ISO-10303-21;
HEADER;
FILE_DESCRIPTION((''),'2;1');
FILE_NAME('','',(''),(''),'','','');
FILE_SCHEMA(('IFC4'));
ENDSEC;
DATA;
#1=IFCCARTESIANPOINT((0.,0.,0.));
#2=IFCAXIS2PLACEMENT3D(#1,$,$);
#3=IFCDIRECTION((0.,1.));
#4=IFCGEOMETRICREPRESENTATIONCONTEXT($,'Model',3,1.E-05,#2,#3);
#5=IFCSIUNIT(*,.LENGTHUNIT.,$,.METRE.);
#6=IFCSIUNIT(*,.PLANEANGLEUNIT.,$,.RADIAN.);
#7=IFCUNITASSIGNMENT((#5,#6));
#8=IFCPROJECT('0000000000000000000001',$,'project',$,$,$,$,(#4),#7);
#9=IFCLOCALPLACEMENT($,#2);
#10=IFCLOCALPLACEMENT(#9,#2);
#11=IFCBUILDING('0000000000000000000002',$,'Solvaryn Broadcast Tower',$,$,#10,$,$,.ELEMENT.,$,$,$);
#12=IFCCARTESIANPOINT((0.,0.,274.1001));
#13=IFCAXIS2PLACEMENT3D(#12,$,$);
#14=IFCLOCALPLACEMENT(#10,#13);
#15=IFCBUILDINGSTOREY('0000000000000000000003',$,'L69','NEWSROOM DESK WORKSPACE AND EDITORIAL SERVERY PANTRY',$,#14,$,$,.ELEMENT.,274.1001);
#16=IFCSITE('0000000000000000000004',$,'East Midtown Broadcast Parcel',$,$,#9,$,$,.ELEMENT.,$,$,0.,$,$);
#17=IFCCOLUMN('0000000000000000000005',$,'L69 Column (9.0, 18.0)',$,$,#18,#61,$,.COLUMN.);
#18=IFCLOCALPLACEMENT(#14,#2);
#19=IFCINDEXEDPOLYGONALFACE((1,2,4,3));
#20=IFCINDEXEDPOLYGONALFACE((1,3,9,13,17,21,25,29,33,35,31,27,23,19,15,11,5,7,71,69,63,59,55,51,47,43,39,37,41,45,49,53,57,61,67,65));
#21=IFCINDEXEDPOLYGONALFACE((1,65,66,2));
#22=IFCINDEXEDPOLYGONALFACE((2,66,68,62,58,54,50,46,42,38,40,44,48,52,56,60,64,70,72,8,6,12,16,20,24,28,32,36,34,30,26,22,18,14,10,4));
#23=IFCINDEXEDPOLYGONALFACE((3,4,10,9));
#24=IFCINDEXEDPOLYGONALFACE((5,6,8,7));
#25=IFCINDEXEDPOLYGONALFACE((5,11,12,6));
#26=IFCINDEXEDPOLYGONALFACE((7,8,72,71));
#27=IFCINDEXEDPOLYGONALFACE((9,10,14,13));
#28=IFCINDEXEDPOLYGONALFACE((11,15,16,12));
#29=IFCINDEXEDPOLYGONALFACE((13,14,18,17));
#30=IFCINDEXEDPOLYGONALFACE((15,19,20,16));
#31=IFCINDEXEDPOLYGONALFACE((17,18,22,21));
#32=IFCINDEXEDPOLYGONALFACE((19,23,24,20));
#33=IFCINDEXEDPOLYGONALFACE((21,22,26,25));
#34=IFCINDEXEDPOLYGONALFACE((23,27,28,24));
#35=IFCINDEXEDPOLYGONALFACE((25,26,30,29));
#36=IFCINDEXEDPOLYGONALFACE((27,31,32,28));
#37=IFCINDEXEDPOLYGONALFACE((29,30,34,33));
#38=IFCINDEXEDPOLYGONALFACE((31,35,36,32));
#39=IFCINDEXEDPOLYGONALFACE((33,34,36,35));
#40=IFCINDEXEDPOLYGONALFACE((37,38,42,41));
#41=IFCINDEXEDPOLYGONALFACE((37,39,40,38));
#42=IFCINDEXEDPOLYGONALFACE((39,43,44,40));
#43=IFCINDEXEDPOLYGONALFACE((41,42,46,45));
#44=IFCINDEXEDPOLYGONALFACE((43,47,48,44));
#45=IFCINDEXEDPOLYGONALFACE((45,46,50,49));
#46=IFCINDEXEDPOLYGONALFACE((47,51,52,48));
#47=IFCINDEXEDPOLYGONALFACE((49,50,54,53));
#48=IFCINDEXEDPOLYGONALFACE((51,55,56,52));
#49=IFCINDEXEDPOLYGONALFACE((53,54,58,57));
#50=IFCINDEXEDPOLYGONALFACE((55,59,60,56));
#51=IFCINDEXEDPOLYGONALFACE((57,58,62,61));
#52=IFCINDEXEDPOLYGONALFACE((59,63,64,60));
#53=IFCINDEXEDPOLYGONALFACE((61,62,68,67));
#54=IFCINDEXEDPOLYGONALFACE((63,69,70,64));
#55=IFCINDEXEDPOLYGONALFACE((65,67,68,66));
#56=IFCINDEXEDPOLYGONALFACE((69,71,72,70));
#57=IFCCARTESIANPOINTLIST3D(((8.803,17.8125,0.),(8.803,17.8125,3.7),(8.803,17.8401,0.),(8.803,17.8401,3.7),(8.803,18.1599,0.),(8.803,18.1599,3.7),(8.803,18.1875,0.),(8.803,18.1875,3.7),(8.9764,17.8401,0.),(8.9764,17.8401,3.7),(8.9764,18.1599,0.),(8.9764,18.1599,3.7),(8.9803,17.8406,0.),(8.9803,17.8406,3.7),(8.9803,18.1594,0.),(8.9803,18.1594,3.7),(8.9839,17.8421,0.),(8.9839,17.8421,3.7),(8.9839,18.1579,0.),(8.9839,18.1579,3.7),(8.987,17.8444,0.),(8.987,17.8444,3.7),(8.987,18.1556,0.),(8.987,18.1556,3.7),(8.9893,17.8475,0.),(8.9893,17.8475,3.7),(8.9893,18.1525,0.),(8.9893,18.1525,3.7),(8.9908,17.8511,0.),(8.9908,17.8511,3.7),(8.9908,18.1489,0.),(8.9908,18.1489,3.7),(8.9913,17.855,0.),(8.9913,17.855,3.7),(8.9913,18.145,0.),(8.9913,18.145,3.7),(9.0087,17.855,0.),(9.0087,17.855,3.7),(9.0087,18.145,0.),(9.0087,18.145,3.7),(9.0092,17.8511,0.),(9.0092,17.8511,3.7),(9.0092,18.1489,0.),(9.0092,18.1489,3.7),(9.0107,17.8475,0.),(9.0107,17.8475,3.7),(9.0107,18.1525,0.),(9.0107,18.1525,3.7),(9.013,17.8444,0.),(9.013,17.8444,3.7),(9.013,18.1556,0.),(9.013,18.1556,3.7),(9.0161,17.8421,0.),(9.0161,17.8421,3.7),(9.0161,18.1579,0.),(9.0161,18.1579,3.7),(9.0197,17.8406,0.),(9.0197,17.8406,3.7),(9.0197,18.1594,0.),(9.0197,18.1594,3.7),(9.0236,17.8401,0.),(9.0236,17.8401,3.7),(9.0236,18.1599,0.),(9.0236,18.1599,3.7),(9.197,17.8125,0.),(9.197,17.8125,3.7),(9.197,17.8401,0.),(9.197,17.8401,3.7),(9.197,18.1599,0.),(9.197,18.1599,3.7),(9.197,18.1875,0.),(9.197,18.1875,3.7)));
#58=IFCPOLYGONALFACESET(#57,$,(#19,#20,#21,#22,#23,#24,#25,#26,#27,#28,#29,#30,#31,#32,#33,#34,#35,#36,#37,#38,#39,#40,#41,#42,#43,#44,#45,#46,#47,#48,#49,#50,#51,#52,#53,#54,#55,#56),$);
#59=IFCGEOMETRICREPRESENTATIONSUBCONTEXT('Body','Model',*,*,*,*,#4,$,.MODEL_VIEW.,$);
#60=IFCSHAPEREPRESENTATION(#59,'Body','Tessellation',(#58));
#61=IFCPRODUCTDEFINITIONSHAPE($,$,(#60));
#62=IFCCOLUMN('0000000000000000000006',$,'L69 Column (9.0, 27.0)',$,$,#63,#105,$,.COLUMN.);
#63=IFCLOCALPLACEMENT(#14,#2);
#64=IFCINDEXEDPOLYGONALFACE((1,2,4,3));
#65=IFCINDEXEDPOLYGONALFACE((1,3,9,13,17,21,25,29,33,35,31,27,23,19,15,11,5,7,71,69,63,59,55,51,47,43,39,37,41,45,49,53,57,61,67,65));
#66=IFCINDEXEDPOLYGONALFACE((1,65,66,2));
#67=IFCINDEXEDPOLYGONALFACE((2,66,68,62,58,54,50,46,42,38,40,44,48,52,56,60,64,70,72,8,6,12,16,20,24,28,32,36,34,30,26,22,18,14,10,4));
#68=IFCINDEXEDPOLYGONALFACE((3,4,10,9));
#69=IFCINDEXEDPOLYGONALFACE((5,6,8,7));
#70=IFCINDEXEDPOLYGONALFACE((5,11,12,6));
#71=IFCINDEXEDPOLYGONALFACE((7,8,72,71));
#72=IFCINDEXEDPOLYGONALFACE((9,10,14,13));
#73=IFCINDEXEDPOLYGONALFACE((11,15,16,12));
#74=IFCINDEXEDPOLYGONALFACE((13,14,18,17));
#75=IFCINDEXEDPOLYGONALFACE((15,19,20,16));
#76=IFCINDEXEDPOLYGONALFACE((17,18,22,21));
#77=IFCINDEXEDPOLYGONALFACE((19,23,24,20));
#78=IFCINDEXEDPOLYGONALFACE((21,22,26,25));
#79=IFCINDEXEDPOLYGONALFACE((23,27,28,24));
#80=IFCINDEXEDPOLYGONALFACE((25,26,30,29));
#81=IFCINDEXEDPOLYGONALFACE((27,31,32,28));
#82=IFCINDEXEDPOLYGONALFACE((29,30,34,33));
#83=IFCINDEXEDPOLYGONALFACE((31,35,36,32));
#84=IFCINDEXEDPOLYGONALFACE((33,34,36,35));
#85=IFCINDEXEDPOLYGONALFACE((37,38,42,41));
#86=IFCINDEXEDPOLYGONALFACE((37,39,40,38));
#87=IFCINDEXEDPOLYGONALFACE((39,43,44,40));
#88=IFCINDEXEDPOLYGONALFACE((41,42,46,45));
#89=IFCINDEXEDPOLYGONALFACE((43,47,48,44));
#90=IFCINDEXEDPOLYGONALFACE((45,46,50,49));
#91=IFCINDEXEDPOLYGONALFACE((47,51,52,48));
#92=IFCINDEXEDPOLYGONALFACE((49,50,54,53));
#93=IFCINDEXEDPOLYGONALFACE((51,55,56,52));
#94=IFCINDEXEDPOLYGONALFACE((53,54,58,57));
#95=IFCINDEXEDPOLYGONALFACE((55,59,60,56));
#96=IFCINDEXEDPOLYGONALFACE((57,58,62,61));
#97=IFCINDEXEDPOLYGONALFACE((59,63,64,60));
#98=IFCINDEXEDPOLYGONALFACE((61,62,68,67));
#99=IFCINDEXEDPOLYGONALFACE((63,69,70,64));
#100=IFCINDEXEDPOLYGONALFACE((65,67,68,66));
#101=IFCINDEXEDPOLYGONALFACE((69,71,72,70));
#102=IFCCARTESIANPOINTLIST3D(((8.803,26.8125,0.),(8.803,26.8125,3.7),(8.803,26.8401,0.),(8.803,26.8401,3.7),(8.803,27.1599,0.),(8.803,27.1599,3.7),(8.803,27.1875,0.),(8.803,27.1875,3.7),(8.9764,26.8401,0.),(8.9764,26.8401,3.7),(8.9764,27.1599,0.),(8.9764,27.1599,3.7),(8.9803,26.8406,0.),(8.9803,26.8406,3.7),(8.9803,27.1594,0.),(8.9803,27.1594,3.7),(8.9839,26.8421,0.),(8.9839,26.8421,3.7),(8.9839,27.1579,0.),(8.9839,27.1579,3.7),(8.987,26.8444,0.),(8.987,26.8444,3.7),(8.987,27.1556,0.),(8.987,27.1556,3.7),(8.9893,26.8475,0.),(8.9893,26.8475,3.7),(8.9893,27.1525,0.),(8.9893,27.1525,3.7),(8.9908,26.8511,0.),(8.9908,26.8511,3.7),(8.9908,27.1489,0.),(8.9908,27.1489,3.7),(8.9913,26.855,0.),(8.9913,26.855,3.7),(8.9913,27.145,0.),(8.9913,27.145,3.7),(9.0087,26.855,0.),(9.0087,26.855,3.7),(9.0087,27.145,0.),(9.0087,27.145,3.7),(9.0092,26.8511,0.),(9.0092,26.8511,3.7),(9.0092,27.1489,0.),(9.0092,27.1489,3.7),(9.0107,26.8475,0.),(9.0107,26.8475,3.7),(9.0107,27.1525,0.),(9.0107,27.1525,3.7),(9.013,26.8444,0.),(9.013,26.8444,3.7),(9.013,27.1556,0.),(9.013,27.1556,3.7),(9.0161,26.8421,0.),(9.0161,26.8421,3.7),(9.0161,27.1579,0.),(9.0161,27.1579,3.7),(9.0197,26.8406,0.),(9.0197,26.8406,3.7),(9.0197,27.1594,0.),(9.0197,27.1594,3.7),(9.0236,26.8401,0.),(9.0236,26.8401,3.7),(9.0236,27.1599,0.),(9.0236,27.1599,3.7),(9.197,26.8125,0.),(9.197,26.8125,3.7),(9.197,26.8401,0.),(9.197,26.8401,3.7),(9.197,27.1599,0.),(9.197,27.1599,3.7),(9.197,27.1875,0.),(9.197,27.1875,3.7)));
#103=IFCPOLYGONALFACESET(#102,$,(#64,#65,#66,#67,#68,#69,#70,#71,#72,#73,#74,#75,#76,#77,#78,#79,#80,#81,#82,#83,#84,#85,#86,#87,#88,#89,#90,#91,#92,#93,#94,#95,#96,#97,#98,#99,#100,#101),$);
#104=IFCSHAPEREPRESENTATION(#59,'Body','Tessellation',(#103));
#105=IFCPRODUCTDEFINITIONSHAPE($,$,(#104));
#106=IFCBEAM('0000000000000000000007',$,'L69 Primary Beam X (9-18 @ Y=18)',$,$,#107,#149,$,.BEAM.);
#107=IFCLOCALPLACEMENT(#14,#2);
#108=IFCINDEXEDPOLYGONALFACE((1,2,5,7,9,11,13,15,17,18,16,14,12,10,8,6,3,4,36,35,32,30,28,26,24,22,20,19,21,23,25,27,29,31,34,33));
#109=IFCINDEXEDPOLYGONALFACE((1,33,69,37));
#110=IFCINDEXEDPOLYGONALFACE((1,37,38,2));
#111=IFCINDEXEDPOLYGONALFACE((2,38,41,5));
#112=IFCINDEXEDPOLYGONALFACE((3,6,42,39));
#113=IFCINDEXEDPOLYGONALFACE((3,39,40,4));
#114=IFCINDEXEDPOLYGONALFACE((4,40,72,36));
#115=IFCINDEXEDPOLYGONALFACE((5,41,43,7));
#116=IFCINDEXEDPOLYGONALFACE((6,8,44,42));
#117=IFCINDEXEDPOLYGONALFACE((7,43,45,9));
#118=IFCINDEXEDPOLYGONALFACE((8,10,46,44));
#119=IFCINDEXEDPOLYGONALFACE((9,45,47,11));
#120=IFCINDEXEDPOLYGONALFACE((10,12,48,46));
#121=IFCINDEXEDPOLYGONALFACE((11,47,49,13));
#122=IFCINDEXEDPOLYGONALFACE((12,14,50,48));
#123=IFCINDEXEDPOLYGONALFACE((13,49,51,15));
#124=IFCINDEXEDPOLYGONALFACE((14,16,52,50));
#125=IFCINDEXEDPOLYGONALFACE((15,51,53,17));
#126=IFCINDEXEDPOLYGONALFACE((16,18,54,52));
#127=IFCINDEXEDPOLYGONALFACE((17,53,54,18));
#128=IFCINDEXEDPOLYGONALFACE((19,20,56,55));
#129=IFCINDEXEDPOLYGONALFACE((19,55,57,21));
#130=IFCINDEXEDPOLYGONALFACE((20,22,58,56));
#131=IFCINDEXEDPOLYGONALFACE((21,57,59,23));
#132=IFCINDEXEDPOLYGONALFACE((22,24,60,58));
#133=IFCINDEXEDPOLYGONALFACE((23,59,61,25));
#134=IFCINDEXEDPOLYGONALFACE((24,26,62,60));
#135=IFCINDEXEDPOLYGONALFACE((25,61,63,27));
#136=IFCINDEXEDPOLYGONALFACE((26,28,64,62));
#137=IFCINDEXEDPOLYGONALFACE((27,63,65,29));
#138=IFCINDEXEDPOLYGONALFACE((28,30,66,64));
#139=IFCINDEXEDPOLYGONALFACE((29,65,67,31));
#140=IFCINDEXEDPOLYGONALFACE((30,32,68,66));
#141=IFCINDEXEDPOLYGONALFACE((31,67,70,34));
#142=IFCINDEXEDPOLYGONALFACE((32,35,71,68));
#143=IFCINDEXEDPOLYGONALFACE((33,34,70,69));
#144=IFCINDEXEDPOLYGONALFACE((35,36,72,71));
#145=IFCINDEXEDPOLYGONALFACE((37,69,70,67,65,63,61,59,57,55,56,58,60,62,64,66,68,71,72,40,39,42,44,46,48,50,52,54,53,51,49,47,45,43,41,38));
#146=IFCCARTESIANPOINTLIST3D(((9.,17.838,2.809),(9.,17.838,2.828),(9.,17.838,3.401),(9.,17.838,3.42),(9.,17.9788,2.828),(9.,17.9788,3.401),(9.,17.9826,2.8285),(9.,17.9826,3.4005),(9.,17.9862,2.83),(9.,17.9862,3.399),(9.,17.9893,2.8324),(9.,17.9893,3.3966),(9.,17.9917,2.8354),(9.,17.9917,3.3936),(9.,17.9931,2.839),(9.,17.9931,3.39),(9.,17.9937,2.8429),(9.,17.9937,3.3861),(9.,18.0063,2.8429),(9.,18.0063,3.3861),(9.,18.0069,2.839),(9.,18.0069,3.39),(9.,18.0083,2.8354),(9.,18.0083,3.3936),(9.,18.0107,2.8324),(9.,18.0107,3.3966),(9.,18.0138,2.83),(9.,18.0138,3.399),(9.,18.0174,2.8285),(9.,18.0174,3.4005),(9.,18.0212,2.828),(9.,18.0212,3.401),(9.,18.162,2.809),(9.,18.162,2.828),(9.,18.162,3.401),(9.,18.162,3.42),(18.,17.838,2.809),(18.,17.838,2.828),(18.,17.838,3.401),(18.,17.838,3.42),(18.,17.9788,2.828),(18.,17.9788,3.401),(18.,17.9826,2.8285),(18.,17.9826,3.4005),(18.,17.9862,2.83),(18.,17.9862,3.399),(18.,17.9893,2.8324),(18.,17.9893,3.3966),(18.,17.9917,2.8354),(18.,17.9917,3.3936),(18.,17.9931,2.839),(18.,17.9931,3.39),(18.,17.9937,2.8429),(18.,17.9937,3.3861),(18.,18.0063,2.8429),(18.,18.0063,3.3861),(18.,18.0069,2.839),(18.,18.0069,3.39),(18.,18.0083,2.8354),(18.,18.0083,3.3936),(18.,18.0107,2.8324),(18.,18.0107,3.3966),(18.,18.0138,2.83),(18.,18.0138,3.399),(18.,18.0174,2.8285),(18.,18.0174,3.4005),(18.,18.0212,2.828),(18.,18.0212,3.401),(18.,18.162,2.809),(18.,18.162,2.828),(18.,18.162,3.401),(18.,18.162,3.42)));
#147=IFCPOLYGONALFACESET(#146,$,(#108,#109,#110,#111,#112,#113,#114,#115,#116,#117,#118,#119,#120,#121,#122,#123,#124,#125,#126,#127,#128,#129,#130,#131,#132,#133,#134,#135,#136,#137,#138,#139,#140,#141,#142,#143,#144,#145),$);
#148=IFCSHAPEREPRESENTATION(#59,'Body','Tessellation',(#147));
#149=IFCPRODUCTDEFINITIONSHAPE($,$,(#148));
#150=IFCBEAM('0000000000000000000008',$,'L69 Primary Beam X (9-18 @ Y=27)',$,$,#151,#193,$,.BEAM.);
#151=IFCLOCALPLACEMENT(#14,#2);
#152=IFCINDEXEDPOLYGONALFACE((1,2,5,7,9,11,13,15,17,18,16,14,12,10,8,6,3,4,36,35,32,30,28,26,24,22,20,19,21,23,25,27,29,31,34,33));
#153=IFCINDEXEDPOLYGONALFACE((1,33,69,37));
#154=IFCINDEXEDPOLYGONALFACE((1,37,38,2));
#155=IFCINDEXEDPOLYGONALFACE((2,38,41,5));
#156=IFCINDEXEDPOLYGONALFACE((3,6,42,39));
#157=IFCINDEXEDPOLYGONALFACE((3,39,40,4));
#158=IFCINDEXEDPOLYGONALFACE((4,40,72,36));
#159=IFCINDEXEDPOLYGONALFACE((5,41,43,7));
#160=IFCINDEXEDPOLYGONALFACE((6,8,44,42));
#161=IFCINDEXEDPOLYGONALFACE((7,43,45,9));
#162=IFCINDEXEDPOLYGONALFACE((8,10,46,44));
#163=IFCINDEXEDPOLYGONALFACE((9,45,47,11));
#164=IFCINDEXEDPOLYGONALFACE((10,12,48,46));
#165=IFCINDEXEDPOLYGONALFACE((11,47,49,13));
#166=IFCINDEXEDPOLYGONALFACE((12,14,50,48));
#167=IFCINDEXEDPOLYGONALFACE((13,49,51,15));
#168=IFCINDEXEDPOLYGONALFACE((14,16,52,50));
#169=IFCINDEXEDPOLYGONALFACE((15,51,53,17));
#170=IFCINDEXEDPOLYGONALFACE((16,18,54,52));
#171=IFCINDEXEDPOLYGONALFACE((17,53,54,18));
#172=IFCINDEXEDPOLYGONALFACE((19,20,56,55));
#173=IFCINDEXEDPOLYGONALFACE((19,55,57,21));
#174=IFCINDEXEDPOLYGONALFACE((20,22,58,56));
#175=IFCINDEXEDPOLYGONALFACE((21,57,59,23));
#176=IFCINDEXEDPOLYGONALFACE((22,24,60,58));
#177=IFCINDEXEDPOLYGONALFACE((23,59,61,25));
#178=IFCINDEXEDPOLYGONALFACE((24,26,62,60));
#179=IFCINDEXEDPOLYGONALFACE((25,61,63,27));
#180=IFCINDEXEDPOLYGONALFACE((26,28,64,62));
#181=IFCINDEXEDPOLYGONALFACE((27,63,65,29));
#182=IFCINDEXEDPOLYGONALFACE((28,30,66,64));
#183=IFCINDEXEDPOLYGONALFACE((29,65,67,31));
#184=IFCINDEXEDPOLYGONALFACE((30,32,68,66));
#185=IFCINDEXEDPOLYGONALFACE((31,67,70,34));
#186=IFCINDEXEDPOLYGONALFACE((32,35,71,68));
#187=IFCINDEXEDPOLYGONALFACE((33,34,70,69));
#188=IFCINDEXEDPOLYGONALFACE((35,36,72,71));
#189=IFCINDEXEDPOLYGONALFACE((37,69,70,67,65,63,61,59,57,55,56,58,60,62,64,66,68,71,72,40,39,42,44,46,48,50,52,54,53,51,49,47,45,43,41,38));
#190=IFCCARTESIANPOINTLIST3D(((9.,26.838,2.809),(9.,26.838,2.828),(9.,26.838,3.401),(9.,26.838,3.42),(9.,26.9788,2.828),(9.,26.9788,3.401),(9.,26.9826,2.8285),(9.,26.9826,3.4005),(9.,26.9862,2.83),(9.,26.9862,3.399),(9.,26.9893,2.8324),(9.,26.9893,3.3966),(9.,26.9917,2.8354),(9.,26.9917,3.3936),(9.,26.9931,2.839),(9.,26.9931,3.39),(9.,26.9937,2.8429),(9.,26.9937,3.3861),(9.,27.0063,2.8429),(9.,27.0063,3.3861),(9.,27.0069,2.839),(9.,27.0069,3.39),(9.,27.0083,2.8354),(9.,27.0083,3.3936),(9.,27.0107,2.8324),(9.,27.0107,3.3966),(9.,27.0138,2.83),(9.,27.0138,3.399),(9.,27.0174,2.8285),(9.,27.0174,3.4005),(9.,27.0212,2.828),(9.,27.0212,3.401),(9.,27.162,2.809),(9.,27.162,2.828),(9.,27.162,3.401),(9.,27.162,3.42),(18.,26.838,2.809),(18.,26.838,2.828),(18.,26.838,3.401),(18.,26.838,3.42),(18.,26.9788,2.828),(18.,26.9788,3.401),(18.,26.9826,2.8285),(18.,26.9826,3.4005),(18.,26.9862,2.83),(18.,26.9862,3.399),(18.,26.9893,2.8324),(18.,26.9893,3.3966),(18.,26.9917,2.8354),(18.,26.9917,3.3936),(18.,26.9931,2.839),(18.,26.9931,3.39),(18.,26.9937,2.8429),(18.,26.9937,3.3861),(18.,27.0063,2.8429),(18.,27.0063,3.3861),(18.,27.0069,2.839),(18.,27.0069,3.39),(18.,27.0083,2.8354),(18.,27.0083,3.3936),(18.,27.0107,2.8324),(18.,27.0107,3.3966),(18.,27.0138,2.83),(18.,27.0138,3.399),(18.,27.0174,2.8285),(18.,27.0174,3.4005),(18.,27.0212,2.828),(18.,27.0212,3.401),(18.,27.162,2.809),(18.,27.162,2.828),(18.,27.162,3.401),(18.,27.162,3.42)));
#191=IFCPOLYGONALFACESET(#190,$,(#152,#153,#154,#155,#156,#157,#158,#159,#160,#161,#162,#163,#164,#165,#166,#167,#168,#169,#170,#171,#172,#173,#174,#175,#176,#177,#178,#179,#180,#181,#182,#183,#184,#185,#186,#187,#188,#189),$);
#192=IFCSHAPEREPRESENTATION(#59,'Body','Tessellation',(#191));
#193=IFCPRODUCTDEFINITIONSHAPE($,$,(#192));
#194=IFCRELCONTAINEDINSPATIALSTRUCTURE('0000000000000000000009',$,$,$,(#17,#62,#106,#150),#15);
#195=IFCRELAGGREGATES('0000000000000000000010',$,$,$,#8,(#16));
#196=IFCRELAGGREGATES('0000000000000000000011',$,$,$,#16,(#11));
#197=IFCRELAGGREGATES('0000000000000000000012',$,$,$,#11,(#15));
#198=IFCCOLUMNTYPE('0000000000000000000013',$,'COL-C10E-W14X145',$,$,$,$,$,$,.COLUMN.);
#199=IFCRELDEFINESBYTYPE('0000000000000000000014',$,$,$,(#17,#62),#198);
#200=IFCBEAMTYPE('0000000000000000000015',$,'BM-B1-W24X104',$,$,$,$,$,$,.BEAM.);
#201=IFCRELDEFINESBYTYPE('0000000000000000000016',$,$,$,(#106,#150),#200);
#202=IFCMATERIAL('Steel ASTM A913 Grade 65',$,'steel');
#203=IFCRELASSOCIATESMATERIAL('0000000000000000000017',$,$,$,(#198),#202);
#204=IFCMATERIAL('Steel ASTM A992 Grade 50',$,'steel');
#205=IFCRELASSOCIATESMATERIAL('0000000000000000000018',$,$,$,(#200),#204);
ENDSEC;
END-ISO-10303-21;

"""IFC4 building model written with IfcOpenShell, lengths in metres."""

from ifc_helpers import new_model, si_unit, direction, frame, origin, origin_2d, place, context, subcontext, project, spatial, i_section, extrude, material, material_profile, profile_set, type_object, element, save


model = new_model("IFC4")

# Units and contexts
model_context = context("Model", 3, precision=1e-05, world=origin(), true_north=direction((0.0, 1.0)))
body_context = subcontext(model_context, "Body", "Model", "MODEL_VIEW")
ifc_project = project(units=[si_unit("LENGTHUNIT", "METRE"), si_unit("PLANEANGLEUNIT", "RADIAN")], contexts=[model_context])

# Site, building, storey
site_placement = place(None, origin())
site = spatial("IfcSite", under=ifc_project, at=site_placement, Name="East Midtown Broadcast Parcel", CompositionType="ELEMENT", RefElevation=0.0)
building_placement = place(site_placement, origin())
building = spatial("IfcBuilding", under=site, at=building_placement, Name="Solvaryn Broadcast Tower", CompositionType="ELEMENT")
storey_placement = place(building_placement, frame((0.0, 0.0, 274.1001)))
storey = spatial("IfcBuildingStorey", under=building, at=storey_placement, Name="L69", Description="NEWSROOM DESK WORKSPACE AND EDITORIAL SERVERY PANTRY", CompositionType="ELEMENT", Elevation=274.1001)

# Columns
ifc_material_1 = material(Name="Steel ASTM A913 Grade 65", Category="steel")
ifc_material_profile_1 = material_profile(ifc_material_1, i_section(OverallWidth=0.394, OverallDepth=0.375, WebThickness=0.0173, FlangeThickness=0.0276, FilletRadius=0.0149, at=origin_2d()))
ifc_profile_set_1 = profile_set([ifc_material_profile_1], Name="Steel ASTM A913 Grade 65")
column_type = type_object("IfcColumnType", Name="COL-C10E-W14X145", PredefinedType="COLUMN", material=ifc_profile_set_1)
for number, where, z_axis, x_axis, name in (
    (1, (9.0, 18.0, 0.0), (0.0, 0.0, 1.0), (1.0, 0.0, 0.0), "L69 Column (9.0, 18.0)"),
    (2, (9.0, 27.0, 0.0), (0.0, 0.0, 1.0), (1.0, 0.0, 0.0), "L69 Column (9.0, 27.0)"),
):
    element("IfcColumn", number, at=place(storey_placement, frame(where, z_axis=z_axis, x_axis=x_axis)), inside=storey, type_object=column_type, Name=name, PredefinedType="COLUMN", context=body_context, shape_type="SweptSolid", body=[
        extrude(i_section(OverallWidth=0.394, OverallDepth=0.375, WebThickness=0.0173, FlangeThickness=0.0276, FilletRadius=0.0149, at=origin_2d()), origin(), (0.0, 0.0, 1.0), 3.7),
    ])

# Beams
ifc_material_2 = material(Name="Steel ASTM A992 Grade 50", Category="steel")
ifc_material_profile_2 = material_profile(ifc_material_2, i_section(OverallWidth=0.324, OverallDepth=0.6111, WebThickness=0.0127, FlangeThickness=0.019, FilletRadius=0.0149, at=origin_2d()))
ifc_profile_set_2 = profile_set([ifc_material_profile_2], Name="Steel ASTM A992 Grade 50")
beam_type_1 = type_object("IfcBeamType", Name="BM-B1-W24X104", PredefinedType="BEAM", material=ifc_profile_set_2)
for number, where, z_axis, x_axis, name in (
    (3, (9.0, 18.0, 3.1145), (1.0, 0.0, 0.0), (0.0, 1.0, 0.0), "L69 Primary Beam X (9-18 @ Y=18)"),
    (4, (9.0, 27.0, 3.1145), (1.0, 0.0, 0.0), (0.0, 1.0, 0.0), "L69 Primary Beam X (9-18 @ Y=27)"),
):
    element("IfcBeam", number, at=place(storey_placement, frame(where, z_axis=z_axis, x_axis=x_axis)), inside=storey, type_object=beam_type_1, Name=name, PredefinedType="BEAM", context=body_context, shape_type="SweptSolid", body=[
        extrude(i_section(OverallWidth=0.324, OverallDepth=0.6111, WebThickness=0.0127, FlangeThickness=0.019, FilletRadius=0.0149, at=origin_2d()), origin(), (0.0, 0.0, 1.0), 9.0),
    ])

save(model, "model.ifc")
